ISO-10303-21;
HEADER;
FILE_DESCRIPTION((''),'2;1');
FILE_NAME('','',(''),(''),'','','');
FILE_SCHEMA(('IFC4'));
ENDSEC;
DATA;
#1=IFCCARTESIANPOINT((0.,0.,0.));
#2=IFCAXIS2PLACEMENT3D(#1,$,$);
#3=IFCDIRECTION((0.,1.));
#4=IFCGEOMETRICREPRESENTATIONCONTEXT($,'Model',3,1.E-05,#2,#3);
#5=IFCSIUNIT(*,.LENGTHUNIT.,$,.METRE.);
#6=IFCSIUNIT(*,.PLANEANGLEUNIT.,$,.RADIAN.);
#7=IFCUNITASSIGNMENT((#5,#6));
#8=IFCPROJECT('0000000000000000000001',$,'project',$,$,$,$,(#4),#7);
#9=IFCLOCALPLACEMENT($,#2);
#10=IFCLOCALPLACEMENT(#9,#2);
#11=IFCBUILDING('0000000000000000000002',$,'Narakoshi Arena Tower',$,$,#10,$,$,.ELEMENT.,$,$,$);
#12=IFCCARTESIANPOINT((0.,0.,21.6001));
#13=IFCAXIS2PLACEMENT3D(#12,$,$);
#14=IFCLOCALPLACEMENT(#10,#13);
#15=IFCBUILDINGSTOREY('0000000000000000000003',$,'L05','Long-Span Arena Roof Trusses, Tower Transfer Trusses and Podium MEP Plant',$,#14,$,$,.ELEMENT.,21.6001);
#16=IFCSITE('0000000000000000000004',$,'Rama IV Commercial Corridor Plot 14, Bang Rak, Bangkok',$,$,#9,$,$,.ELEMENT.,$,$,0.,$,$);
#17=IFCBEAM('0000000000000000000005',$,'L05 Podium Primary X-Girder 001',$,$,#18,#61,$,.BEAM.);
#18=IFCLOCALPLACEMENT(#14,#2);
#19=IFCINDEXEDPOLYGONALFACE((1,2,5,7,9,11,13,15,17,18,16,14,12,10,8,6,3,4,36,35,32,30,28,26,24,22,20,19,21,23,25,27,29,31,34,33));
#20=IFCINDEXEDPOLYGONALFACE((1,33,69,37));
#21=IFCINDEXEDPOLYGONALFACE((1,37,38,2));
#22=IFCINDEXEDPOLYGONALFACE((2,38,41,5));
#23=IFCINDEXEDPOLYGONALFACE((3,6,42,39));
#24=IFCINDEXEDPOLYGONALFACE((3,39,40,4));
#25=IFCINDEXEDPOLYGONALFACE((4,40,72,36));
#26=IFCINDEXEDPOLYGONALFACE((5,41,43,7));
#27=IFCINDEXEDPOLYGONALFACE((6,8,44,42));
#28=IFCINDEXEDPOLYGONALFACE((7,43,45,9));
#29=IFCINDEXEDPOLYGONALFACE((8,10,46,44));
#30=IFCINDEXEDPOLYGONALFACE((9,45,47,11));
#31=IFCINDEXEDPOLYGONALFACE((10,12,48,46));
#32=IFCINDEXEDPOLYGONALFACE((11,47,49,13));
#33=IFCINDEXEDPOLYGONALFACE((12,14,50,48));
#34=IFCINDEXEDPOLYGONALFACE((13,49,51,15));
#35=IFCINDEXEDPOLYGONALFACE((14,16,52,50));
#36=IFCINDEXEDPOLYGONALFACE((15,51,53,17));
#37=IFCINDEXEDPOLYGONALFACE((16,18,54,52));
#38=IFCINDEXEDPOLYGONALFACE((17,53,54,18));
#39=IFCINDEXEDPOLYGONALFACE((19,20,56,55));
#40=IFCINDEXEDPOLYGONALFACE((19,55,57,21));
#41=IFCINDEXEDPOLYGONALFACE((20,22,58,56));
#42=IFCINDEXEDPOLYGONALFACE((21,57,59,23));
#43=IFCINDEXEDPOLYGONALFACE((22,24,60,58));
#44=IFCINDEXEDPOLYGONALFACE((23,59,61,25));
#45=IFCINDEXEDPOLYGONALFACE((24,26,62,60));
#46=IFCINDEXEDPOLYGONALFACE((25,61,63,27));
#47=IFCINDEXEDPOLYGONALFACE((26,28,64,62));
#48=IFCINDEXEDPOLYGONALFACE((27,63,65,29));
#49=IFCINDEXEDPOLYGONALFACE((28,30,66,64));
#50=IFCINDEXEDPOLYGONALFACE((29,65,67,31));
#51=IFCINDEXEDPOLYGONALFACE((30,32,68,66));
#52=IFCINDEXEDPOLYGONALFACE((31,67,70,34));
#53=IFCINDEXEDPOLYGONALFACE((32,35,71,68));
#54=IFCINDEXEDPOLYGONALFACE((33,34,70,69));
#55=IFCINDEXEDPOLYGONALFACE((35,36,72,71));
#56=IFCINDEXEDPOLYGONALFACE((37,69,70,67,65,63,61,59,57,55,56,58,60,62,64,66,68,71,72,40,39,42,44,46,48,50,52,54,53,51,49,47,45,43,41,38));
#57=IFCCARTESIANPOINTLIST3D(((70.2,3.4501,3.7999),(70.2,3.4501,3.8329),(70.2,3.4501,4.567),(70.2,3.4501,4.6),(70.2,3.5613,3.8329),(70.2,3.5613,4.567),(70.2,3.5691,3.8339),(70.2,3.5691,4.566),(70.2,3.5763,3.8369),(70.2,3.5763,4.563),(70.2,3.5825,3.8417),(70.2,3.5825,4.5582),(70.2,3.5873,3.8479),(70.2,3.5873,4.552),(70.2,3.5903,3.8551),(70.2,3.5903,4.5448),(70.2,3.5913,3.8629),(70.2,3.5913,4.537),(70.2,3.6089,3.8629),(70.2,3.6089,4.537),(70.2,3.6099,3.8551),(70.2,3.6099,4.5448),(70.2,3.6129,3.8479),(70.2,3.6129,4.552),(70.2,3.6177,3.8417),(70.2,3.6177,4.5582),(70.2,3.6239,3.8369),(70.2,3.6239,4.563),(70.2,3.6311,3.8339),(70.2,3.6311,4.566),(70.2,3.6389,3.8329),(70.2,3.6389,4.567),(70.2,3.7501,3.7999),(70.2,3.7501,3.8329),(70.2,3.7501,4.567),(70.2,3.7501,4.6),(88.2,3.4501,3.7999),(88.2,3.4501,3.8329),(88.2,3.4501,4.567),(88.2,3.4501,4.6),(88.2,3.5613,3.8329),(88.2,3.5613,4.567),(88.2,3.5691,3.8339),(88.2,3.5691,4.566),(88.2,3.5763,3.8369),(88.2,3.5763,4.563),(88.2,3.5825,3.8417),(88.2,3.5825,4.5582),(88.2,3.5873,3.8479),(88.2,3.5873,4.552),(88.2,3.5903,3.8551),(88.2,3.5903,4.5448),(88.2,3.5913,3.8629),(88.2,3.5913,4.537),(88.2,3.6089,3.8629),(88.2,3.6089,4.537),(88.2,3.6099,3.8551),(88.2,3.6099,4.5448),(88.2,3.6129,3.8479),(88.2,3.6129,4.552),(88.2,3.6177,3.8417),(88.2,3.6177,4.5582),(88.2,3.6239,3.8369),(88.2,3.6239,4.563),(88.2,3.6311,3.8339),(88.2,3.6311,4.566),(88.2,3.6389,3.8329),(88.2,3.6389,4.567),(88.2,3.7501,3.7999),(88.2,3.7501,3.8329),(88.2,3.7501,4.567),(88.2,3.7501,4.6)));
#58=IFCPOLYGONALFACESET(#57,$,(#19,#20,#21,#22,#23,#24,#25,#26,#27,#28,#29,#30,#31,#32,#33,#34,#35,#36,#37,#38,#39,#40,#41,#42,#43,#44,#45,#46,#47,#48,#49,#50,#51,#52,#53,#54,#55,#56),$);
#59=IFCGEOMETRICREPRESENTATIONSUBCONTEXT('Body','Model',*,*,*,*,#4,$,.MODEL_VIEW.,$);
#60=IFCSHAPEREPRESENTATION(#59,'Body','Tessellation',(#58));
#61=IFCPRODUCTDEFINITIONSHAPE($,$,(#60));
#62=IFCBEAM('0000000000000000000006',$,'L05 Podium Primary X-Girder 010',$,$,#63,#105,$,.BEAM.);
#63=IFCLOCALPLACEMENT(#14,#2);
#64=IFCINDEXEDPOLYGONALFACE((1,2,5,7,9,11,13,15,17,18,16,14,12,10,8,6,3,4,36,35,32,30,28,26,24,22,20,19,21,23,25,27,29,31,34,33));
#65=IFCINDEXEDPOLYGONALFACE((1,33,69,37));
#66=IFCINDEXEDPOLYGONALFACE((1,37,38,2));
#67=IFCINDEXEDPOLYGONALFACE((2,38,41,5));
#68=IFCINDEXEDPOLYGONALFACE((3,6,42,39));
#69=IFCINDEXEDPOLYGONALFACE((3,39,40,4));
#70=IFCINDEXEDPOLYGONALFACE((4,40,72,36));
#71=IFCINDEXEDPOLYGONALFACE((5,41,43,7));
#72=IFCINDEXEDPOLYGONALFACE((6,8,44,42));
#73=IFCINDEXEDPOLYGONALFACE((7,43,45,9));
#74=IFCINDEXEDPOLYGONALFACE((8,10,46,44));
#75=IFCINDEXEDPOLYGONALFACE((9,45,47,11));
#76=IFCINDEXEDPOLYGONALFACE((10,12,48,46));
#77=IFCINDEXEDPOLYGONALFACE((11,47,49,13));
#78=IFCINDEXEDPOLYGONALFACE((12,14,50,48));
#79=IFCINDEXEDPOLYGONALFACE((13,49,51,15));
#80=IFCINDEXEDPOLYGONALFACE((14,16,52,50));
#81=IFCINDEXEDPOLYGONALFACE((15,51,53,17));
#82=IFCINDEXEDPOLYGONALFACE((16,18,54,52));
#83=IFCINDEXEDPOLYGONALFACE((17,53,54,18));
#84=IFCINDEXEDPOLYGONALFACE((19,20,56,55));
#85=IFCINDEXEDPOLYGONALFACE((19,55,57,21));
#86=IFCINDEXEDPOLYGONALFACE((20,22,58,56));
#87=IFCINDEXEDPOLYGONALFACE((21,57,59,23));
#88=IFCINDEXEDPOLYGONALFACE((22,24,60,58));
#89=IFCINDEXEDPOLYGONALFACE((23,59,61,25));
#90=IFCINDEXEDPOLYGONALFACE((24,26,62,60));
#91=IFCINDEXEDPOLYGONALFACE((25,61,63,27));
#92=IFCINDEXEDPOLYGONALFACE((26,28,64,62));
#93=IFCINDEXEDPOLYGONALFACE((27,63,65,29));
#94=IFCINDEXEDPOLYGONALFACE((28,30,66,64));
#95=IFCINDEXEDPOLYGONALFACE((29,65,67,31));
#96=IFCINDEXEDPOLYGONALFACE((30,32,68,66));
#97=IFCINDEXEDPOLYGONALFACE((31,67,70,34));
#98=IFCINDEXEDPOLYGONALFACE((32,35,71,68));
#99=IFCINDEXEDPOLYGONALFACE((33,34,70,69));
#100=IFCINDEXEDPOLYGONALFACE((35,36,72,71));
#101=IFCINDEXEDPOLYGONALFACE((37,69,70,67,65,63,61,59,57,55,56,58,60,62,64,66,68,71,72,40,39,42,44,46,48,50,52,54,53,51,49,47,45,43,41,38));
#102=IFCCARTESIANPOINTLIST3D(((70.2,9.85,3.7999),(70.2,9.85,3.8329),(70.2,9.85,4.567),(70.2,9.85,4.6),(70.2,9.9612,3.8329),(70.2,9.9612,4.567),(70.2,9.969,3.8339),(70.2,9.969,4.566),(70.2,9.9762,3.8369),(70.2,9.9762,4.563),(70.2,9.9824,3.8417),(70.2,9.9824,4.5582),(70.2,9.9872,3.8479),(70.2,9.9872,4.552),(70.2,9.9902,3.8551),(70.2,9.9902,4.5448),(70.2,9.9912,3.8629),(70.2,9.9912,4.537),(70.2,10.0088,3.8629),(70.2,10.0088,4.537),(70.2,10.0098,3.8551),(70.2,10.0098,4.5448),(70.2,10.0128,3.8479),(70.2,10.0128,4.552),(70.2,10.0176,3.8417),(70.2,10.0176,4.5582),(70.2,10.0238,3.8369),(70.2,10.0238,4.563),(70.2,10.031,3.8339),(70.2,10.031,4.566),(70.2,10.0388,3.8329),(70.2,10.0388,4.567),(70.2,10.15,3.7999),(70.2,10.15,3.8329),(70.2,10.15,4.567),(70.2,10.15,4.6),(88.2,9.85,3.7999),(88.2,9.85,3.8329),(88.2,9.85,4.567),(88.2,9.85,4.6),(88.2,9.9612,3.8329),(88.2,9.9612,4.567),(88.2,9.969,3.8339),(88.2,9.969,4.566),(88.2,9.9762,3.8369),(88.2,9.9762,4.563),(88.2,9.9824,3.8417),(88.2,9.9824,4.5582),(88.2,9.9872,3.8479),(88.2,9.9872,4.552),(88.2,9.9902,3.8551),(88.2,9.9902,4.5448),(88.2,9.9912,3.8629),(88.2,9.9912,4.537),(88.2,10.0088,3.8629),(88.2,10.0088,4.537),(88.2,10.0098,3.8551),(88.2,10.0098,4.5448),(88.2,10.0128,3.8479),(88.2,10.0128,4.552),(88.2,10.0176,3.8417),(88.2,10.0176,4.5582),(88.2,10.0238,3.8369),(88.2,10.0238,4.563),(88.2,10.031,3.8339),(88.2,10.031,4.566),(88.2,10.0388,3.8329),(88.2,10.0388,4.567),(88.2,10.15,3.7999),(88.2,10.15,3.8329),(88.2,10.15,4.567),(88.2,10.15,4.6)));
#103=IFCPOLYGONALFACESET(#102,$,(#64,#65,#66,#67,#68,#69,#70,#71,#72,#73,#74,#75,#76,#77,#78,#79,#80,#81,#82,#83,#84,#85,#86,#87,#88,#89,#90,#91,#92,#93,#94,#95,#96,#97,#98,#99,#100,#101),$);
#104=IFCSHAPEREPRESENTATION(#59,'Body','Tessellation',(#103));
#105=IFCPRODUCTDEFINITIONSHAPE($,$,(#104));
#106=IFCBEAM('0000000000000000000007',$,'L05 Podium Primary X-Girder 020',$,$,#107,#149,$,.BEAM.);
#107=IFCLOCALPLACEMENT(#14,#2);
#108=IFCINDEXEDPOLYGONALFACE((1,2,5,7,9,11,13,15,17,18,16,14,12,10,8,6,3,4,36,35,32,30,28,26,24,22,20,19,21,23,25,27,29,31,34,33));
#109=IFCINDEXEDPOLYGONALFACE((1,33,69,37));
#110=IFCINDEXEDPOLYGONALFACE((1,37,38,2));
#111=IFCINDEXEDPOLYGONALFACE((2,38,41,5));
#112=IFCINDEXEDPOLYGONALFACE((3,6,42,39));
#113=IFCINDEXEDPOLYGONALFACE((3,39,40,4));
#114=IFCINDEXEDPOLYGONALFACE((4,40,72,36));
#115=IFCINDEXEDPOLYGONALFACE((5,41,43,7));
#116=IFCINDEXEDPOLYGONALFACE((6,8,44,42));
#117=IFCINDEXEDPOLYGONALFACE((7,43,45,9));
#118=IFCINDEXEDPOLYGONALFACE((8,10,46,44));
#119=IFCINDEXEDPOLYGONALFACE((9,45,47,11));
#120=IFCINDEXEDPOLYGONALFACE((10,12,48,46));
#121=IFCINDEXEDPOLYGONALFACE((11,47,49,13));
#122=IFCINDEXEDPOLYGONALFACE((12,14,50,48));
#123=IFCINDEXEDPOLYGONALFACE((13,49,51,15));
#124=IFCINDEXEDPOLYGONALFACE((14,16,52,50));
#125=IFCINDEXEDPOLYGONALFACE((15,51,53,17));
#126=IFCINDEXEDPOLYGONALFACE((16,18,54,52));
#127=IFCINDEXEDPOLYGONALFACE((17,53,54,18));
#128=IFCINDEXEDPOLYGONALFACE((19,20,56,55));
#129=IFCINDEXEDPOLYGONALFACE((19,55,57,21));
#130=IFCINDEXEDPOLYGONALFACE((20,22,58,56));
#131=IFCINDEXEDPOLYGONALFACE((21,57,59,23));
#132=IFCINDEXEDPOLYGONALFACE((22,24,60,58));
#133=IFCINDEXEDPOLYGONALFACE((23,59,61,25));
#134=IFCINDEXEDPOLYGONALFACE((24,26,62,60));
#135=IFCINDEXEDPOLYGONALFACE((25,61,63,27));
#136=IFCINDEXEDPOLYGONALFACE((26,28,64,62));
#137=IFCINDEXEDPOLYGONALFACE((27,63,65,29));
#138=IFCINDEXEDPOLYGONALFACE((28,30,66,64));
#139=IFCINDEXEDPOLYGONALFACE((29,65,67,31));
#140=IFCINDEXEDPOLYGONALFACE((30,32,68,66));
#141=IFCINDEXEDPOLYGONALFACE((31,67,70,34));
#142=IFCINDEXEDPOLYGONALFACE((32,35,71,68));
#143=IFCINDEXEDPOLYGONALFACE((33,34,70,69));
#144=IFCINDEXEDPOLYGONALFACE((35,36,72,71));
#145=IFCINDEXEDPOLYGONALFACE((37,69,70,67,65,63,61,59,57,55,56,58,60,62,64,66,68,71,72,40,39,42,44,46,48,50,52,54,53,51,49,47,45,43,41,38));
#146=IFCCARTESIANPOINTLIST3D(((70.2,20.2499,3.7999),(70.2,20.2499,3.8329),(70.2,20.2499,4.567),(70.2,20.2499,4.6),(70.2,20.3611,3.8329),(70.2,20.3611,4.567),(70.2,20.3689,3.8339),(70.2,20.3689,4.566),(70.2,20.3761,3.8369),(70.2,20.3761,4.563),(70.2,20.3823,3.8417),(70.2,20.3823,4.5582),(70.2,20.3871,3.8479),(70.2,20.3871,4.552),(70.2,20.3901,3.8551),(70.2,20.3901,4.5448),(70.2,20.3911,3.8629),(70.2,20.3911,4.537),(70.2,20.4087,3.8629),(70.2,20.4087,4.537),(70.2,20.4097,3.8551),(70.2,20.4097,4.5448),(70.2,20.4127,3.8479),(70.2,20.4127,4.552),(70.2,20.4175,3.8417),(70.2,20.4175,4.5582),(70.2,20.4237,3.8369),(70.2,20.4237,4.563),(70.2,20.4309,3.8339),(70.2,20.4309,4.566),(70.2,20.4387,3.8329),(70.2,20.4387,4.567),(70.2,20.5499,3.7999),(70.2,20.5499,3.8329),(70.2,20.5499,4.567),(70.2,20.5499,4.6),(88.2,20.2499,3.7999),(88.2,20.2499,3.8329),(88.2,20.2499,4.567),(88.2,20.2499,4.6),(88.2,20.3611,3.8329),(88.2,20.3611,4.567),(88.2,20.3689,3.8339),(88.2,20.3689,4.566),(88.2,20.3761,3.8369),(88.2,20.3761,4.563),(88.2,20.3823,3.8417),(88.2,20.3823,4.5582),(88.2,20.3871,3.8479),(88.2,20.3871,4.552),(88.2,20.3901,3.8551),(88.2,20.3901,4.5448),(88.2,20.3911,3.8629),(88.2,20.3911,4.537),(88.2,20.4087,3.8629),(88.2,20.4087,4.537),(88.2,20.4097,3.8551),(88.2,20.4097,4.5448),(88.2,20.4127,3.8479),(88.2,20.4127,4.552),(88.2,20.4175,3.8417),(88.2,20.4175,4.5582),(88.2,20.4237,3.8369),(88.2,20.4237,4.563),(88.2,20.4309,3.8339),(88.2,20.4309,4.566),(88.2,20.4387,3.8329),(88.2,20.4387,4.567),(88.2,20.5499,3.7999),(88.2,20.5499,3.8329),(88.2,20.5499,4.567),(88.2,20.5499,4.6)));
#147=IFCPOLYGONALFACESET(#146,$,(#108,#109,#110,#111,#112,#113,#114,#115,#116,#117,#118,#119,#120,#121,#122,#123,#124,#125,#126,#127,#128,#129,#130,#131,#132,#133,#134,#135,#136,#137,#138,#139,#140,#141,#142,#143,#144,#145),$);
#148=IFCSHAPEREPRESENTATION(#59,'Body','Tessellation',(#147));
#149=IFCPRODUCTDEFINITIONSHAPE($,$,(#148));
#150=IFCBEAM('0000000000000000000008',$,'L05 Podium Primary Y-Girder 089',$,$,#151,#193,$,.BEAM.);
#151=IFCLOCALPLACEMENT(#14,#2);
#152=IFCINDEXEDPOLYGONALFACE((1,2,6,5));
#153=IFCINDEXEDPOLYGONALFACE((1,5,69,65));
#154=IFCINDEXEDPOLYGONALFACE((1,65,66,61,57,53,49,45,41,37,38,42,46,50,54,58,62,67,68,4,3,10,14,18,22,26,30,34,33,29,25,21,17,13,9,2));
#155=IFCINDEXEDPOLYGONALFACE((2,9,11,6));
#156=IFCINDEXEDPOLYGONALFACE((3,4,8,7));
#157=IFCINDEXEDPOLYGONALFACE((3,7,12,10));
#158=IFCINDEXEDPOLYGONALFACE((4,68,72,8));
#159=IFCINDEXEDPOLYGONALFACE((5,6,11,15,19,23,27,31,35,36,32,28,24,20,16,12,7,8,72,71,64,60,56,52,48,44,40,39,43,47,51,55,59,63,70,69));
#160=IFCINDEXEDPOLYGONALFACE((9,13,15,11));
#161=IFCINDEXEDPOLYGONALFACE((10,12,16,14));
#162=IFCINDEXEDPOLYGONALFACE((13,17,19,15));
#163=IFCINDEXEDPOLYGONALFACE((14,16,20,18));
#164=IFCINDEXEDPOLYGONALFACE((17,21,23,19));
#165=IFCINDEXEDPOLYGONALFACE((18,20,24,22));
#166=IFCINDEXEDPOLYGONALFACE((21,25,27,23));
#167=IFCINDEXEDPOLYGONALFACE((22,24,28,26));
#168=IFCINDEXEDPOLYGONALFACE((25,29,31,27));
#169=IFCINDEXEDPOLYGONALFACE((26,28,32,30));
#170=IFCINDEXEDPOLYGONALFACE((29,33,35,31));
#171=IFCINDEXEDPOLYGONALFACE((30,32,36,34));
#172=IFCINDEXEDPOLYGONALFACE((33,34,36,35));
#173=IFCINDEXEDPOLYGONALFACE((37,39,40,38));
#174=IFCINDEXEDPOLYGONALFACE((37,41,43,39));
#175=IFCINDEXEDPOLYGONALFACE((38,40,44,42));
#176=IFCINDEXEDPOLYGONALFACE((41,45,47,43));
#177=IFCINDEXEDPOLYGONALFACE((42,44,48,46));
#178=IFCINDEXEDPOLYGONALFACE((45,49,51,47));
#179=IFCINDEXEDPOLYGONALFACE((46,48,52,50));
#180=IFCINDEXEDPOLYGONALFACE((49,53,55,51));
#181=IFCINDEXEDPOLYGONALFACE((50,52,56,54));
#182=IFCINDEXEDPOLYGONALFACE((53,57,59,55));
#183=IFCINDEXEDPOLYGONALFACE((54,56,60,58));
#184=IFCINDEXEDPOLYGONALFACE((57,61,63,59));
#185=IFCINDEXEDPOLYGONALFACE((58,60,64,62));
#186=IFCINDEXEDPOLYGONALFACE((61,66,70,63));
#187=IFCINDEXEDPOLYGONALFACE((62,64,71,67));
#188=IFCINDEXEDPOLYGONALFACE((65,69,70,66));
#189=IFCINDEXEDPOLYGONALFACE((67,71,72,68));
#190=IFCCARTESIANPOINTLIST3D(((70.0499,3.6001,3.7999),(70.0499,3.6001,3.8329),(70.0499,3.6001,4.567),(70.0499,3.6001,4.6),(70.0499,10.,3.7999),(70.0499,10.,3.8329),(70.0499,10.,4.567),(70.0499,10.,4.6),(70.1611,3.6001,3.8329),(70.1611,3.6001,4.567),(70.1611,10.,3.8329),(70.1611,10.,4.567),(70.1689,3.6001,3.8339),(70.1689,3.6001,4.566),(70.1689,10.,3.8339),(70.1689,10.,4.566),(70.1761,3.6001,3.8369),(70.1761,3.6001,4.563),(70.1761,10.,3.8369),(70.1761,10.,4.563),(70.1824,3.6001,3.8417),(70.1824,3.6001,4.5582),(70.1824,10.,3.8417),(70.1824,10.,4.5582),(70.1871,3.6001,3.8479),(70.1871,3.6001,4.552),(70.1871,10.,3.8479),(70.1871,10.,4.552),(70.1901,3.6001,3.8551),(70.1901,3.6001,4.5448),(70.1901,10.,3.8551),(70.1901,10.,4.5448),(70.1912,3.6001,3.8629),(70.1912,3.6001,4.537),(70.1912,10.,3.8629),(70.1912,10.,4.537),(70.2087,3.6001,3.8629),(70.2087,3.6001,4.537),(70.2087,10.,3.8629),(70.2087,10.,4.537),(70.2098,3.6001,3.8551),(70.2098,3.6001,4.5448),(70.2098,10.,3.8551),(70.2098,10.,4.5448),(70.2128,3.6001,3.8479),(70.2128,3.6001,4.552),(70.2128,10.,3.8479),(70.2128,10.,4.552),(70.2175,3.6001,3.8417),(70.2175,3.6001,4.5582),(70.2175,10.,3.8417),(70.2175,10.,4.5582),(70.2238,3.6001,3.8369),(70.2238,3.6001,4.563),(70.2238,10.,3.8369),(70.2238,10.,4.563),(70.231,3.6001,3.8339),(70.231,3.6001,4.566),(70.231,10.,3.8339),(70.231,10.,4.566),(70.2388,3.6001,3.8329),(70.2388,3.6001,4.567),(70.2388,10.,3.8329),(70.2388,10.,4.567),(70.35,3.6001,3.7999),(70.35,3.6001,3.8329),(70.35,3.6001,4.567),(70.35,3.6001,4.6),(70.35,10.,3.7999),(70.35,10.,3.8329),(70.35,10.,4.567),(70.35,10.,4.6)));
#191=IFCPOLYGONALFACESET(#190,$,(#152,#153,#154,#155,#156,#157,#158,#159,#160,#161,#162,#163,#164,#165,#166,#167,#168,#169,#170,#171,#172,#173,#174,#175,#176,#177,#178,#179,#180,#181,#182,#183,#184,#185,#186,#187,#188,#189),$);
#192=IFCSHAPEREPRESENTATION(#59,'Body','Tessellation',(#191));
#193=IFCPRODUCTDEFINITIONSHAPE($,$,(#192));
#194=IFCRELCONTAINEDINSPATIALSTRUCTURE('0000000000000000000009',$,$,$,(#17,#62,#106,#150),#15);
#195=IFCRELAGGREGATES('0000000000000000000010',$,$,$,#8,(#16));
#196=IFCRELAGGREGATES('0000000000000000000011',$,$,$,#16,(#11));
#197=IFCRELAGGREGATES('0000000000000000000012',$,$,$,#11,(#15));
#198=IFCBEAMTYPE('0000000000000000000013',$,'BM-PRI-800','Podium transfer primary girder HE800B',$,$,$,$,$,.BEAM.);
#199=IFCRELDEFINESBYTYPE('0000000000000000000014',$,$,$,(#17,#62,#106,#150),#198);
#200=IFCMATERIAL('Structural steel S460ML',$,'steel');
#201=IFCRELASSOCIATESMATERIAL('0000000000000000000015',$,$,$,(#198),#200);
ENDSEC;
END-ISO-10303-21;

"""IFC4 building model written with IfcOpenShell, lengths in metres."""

from ifc_helpers import new_model, si_unit, direction, frame, origin, origin_2d, place, context, subcontext, project, spatial, i_section, extrude, material, material_profile, profile_set, type_object, element, save


model = new_model("IFC4")

# Units and contexts
model_context = context("Model", 3, precision=1e-05, world=origin(), true_north=direction((0.0, 1.0)))
body_context = subcontext(model_context, "Body", "Model", "MODEL_VIEW")
ifc_project = project(units=[si_unit("LENGTHUNIT", "METRE"), si_unit("PLANEANGLEUNIT", "RADIAN")], contexts=[model_context])

# Site, building, storey
site_placement = place(None, origin())
site = spatial("IfcSite", under=ifc_project, at=site_placement, Name="Rama IV Commercial Corridor Plot 14, Bang Rak, Bangkok", CompositionType="ELEMENT", RefElevation=0.0)
building_placement = place(site_placement, origin())
building = spatial("IfcBuilding", under=site, at=building_placement, Name="Narakoshi Arena Tower", CompositionType="ELEMENT")
storey_placement = place(building_placement, frame((0.0, 0.0, 21.6001)))
storey = spatial("IfcBuildingStorey", under=building, at=storey_placement, Name="L05", Description="Long-Span Arena Roof Trusses, Tower Transfer Trusses and Podium MEP Plant", CompositionType="ELEMENT", Elevation=21.6001)

# Beams
ifc_material_1 = material(Name="Structural steel S460ML", Category="steel")
ifc_material_profile_1 = material_profile(ifc_material_1, i_section(OverallWidth=0.3, OverallDepth=0.8, WebThickness=0.0176, FlangeThickness=0.033, FilletRadius=0.03, at=origin_2d()), Name="HE800B")
ifc_profile_set_1 = profile_set([ifc_material_profile_1], Name="Structural steel S460ML")
beam_type_1 = type_object("IfcBeamType", Name="BM-PRI-800", Description="Podium transfer primary girder HE800B", PredefinedType="BEAM", material=ifc_profile_set_1)
for number, where, z_axis, x_axis, name in (
    (1, (70.2, 3.6001, 4.2), (1.0, 0.0, 0.0), (0.0, 1.0, 0.0), "L05 Podium Primary X-Girder 001"),
    (2, (70.2, 10.0, 4.2), (1.0, 0.0, 0.0), (0.0, 1.0, 0.0), "L05 Podium Primary X-Girder 010"),
    (3, (70.2, 20.3999, 4.2), (1.0, 0.0, 0.0), (0.0, 1.0, 0.0), "L05 Podium Primary X-Girder 020"),
):
    element("IfcBeam", number, at=place(storey_placement, frame(where, z_axis=z_axis, x_axis=x_axis)), inside=storey, type_object=beam_type_1, Name=name, PredefinedType="BEAM", context=body_context, shape_type="SweptSolid", body=[
        extrude(i_section(OverallWidth=0.3, OverallDepth=0.8, WebThickness=0.0176, FlangeThickness=0.033, FilletRadius=0.03, at=origin_2d()), origin(), (0.0, 0.0, 1.0), 18.0),
    ])
beam_1_placement = place(storey_placement, frame((70.2, 3.6001, 4.2), z_axis=(0.0, 1.0, 0.0), x_axis=(-1.0, 0.0, 0.0)))
element("IfcBeam", 4, at=beam_1_placement, inside=storey, type_object=beam_type_1, Name="L05 Podium Primary Y-Girder 089", PredefinedType="BEAM", context=body_context, shape_type="SweptSolid", body=[
    extrude(i_section(OverallWidth=0.3, OverallDepth=0.8, WebThickness=0.0176, FlangeThickness=0.033, FilletRadius=0.03, at=origin_2d()), origin(), (0.0, 0.0, 1.0), 6.3999),
])

save(model, "model.ifc")
